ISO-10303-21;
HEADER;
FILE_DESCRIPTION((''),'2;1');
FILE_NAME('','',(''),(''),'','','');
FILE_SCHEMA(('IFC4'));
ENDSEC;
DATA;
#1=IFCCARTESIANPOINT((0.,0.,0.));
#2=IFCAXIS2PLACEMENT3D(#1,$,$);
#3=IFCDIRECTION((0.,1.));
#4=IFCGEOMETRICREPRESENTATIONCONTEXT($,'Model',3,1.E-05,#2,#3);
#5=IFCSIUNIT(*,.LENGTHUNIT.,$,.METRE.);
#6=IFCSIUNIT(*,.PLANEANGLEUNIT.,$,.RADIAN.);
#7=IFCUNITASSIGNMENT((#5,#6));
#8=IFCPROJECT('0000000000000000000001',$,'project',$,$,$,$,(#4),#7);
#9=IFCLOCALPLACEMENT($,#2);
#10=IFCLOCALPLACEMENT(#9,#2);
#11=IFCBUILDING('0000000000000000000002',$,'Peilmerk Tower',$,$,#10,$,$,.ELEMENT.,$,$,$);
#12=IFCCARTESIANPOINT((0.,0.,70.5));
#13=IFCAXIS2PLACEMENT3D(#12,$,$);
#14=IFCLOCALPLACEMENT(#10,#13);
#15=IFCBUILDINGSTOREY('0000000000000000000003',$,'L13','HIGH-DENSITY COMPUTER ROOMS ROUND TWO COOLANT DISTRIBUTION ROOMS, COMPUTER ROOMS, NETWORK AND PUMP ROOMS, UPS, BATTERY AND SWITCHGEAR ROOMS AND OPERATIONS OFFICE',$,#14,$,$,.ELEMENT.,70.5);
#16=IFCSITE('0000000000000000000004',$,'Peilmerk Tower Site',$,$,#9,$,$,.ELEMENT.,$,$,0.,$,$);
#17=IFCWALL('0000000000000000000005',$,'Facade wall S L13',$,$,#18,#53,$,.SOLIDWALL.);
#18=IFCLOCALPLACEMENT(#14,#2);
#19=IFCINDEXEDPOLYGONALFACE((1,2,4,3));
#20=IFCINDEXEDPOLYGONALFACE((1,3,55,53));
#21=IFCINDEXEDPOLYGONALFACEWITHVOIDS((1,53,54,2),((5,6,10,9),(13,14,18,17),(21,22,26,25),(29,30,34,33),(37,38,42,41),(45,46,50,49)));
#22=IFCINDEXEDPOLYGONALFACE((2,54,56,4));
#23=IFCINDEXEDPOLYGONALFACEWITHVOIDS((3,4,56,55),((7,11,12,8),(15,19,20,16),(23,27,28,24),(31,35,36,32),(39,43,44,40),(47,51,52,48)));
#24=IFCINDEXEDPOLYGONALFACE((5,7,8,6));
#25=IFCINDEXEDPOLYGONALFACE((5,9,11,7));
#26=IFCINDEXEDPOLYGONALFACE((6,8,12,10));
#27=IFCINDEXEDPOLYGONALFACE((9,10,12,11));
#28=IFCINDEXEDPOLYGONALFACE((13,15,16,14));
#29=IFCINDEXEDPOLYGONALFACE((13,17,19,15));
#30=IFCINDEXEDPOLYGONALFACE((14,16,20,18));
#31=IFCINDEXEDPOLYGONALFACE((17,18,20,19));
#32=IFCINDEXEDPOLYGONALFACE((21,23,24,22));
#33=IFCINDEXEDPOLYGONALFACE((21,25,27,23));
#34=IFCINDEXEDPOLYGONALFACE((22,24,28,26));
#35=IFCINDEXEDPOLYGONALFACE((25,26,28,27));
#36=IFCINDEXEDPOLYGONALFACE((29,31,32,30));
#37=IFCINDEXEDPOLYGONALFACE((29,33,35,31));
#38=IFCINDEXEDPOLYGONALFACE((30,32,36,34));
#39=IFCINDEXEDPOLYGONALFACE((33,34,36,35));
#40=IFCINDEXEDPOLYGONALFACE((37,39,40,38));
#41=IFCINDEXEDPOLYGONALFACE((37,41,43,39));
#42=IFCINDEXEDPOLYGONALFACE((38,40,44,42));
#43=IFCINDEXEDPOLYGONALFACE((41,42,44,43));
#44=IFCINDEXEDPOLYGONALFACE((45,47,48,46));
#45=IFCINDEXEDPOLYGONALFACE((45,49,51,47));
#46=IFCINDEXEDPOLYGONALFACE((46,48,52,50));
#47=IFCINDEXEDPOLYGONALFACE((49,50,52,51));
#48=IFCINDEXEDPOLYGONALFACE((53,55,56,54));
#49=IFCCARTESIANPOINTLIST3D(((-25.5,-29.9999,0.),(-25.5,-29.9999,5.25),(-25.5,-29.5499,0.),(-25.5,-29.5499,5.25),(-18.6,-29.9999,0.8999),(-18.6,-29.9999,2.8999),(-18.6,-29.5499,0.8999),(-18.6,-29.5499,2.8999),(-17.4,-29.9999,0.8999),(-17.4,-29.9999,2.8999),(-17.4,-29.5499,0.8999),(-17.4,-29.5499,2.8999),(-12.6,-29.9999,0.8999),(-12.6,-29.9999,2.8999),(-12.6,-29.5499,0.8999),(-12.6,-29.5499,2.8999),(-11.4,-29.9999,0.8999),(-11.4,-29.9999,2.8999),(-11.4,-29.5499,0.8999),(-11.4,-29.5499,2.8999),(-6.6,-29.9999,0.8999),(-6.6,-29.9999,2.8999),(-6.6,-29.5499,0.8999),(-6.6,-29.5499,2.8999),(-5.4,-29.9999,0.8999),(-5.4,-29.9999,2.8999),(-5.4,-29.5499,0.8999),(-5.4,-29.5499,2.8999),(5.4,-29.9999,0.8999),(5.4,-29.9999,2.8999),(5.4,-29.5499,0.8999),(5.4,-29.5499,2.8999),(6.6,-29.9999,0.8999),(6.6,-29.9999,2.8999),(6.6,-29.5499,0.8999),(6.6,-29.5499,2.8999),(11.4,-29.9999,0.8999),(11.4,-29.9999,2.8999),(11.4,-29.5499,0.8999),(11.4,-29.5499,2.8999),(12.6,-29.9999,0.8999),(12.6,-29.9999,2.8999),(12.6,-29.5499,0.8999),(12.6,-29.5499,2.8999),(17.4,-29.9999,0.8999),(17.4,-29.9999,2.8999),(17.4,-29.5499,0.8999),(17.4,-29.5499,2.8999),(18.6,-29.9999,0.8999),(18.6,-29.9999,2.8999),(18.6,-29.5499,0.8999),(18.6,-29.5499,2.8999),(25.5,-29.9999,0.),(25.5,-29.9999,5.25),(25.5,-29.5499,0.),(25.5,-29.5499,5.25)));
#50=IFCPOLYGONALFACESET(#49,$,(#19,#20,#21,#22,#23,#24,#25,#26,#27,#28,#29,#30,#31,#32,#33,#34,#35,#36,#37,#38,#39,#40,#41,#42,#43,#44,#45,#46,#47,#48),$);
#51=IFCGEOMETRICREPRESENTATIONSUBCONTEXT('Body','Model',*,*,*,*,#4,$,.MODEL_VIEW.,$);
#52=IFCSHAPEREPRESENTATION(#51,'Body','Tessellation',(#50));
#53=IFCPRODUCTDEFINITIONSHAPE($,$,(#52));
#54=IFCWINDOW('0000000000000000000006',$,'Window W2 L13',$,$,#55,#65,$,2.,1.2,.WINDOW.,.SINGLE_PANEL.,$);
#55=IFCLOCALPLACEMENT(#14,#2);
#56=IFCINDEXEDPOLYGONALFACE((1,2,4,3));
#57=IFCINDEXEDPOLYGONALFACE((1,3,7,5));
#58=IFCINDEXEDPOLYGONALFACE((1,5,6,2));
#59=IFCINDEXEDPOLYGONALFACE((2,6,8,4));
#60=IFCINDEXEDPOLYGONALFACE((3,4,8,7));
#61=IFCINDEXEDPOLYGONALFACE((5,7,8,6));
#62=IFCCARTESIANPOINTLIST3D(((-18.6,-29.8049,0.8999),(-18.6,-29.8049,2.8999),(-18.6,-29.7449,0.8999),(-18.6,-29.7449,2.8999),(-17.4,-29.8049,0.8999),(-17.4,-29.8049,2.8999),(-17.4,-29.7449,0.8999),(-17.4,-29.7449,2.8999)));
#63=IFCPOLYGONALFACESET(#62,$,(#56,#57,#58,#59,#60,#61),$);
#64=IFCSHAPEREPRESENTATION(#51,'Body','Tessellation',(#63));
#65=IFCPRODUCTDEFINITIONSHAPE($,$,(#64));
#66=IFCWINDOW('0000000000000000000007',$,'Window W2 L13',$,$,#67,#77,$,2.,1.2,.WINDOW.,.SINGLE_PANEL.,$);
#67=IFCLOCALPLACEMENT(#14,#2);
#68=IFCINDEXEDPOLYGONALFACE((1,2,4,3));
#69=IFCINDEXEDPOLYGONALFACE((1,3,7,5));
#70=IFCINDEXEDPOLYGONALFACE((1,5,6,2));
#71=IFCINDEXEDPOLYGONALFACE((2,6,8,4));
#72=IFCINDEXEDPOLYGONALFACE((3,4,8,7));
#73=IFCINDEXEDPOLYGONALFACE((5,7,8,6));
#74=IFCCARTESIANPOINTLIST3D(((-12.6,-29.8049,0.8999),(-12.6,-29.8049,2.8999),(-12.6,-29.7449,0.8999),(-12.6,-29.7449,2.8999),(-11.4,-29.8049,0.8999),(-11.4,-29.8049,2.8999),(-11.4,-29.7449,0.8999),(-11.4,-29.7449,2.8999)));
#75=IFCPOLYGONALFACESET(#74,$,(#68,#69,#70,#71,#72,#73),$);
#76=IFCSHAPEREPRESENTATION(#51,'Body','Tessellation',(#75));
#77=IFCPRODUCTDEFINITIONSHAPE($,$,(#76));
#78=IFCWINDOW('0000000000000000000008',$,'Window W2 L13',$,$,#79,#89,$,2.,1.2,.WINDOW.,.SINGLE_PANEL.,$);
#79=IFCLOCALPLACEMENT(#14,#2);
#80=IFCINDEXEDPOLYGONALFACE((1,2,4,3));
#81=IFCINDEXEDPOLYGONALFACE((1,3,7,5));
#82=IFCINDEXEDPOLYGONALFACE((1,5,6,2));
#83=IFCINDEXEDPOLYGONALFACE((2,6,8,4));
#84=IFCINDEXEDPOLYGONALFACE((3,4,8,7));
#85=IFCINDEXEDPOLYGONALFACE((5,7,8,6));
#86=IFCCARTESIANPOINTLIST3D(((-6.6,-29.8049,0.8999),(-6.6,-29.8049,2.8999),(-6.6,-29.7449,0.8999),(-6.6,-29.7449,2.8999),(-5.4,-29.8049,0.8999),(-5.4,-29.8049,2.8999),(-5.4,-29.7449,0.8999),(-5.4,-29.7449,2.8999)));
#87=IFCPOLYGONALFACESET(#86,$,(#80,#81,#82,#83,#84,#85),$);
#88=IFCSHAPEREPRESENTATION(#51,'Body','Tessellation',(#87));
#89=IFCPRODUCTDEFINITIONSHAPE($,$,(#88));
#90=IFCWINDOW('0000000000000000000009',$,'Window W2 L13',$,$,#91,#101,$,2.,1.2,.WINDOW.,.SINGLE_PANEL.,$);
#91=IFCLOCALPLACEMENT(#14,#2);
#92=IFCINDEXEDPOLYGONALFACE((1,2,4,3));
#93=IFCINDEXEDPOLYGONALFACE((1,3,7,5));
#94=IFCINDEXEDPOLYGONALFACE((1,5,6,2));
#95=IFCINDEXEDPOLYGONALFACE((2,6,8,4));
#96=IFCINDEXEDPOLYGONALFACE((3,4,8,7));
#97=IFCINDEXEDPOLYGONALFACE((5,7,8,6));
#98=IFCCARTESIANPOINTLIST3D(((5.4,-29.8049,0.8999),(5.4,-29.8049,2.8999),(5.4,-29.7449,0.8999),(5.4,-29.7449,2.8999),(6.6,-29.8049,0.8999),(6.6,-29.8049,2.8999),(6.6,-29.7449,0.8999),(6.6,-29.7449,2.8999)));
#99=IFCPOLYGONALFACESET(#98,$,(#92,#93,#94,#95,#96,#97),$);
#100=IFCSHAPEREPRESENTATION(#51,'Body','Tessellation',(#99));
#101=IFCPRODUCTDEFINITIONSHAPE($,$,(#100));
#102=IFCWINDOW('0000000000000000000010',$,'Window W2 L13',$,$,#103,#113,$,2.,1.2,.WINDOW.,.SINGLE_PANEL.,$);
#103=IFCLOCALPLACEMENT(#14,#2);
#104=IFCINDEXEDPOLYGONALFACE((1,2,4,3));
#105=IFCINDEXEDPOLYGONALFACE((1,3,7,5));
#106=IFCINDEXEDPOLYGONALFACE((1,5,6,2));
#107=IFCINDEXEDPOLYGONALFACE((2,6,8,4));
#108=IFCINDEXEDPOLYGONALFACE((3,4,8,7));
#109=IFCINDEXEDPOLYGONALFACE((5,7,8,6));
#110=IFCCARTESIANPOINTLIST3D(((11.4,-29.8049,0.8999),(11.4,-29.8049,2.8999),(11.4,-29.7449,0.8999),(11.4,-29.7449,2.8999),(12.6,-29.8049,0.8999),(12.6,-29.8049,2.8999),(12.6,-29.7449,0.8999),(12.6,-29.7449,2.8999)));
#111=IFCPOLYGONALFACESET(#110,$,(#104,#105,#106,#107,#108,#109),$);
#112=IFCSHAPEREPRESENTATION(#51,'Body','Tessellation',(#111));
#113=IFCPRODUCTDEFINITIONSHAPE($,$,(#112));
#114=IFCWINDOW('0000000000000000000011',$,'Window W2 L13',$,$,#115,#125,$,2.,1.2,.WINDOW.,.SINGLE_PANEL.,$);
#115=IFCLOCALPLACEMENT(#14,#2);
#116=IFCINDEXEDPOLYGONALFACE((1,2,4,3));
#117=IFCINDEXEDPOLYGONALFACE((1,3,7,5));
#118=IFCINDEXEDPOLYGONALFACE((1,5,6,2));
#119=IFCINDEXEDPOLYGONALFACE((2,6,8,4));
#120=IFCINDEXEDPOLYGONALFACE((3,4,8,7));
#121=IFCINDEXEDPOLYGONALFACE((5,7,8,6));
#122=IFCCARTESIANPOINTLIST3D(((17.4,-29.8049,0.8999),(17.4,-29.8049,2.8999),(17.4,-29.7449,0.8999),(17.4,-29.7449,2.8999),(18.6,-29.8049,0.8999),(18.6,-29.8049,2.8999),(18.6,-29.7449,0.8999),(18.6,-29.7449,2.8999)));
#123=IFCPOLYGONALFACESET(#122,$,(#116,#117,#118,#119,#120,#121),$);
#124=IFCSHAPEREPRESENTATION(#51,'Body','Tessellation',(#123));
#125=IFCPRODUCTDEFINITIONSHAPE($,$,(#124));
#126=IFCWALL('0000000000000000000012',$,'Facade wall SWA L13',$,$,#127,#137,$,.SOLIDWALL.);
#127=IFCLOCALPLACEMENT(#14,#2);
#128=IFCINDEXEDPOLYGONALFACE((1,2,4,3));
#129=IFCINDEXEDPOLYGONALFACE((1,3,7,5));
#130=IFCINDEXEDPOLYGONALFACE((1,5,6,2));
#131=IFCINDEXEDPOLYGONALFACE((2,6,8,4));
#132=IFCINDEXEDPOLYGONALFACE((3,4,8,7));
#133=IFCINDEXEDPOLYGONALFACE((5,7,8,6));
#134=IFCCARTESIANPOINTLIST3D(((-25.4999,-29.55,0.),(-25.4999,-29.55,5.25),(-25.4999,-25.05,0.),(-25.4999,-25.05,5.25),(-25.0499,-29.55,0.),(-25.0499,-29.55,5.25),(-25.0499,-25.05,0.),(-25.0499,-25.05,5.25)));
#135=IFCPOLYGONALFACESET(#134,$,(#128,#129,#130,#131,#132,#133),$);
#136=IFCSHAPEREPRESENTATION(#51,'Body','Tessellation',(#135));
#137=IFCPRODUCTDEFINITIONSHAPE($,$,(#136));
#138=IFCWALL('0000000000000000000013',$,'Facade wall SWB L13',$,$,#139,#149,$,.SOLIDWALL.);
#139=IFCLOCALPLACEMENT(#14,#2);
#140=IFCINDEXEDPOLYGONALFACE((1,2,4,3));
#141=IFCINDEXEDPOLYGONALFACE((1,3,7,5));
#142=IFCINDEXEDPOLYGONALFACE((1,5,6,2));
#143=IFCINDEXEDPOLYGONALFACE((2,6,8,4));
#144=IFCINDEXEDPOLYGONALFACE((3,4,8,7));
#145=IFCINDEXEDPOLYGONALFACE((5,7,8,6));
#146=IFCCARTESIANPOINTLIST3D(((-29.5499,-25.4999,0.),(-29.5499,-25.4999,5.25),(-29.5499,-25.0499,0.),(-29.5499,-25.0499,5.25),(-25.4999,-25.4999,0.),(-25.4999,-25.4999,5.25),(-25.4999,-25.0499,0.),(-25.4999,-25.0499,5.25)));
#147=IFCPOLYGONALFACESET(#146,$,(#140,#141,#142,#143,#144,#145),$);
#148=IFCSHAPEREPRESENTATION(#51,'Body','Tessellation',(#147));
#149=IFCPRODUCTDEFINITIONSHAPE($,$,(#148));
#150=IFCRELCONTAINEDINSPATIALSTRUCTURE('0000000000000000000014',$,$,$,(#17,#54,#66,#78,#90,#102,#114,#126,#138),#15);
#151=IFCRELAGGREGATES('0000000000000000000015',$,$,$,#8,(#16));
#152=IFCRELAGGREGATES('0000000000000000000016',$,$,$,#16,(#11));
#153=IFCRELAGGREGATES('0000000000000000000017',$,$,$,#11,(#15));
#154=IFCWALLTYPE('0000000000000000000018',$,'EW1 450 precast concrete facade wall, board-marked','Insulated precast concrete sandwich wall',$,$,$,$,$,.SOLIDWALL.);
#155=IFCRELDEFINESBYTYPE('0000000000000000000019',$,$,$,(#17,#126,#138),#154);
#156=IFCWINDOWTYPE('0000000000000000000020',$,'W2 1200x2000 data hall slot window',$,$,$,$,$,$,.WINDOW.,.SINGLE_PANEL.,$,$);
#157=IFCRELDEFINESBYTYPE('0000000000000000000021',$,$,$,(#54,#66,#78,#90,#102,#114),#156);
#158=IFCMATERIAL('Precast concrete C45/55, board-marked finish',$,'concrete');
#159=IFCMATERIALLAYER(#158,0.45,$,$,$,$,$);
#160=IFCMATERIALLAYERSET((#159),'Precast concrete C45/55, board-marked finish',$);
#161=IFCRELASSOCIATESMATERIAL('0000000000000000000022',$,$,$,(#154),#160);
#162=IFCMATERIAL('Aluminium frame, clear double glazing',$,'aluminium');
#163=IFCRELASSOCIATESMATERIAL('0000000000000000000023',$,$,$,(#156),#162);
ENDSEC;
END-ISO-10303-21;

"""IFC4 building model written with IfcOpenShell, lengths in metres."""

from ifc_helpers import new_model, si_unit, direction, frame, frame_2d, origin, place, context, subcontext, project, spatial, rectangle, extrude, material, layer, layer_set, type_object, element, fill, save


model = new_model("IFC4")

# Units and contexts
model_context = context("Model", 3, precision=1e-05, world=origin(), true_north=direction((0.0, 1.0)))
body_context = subcontext(model_context, "Body", "Model", "MODEL_VIEW")
ifc_project = project(units=[si_unit("LENGTHUNIT", "METRE"), si_unit("PLANEANGLEUNIT", "RADIAN")], contexts=[model_context])

# Site, building, storey
site_placement = place(None, origin())
site = spatial("IfcSite", under=ifc_project, at=site_placement, Name="Peilmerk Tower Site", CompositionType="ELEMENT", RefElevation=0.0)
building_placement = place(site_placement, origin())
building = spatial("IfcBuilding", under=site, at=building_placement, Name="Peilmerk Tower", CompositionType="ELEMENT")
storey_placement = place(building_placement, frame((0.0, 0.0, 70.5)))
storey = spatial("IfcBuildingStorey", under=building, at=storey_placement, Name="L13", Description="HIGH-DENSITY COMPUTER ROOMS ROUND TWO COOLANT DISTRIBUTION ROOMS, COMPUTER ROOMS, NETWORK AND PUMP ROOMS, UPS, BATTERY AND SWITCHGEAR ROOMS AND OPERATIONS OFFICE", CompositionType="ELEMENT", Elevation=70.5)

# Wall, openings, windows
ifc_material_1 = material(Name="Precast concrete C45/55, board-marked finish", Category="concrete")
ifc_layer = layer(ifc_material_1, 0.45)
ifc_layer_set = layer_set([ifc_layer], Name="Precast concrete C45/55, board-marked finish")
wall_type = type_object("IfcWallType", Name="EW1 450 precast concrete facade wall, board-marked", Description="Insulated precast concrete sandwich wall", PredefinedType="SOLIDWALL", material=ifc_layer_set)
wall_1_placement = place(storey_placement, frame((-25.5, -29.7749, 0.0), z_axis=(0.0, 0.0, 1.0), x_axis=(1.0, 0.0, 0.0)))
wall_1 = element("IfcWall", 1, at=wall_1_placement, inside=storey, type_object=wall_type, Name="Facade wall S L13", PredefinedType="SOLIDWALL", context=body_context, shape_type="SweptSolid", body=[
    extrude(rectangle(XDim=51.0, YDim=0.45, at=frame_2d((25.5, 0.0))), origin(), (0.0, 0.0, 1.0), 5.25),
])
opening_1_placement = place(wall_1_placement, frame((6.8999, 0.0, 0.8999)))
opening_1 = element("IfcOpeningElement", 2, at=opening_1_placement, cuts=wall_1, PredefinedType="OPENING", context=body_context, shape_type="SweptSolid", body=[
    extrude(rectangle(XDim=1.2, YDim=2.0, at=frame_2d((0.6001, 1.0))), frame((0.0, 0.2349, 0.0), z_axis=(0.0, -1.0, 0.0), x_axis=(1.0, 0.0, 0.0)), (0.0, 0.0, 1.0), 0.47),
])
opening_2_placement = place(wall_1_placement, frame((12.8999, 0.0, 0.8999)))
opening_2 = element("IfcOpeningElement", 3, at=opening_2_placement, cuts=wall_1, PredefinedType="OPENING", context=body_context, shape_type="SweptSolid", body=[
    extrude(rectangle(XDim=1.2, YDim=2.0, at=frame_2d((0.6001, 1.0))), frame((0.0, 0.2349, 0.0), z_axis=(0.0, -1.0, 0.0), x_axis=(1.0, 0.0, 0.0)), (0.0, 0.0, 1.0), 0.47),
])
opening_3_placement = place(wall_1_placement, frame((18.8999, 0.0, 0.8999)))
opening_3 = element("IfcOpeningElement", 4, at=opening_3_placement, cuts=wall_1, PredefinedType="OPENING", context=body_context, shape_type="SweptSolid", body=[
    extrude(rectangle(XDim=1.2, YDim=2.0, at=frame_2d((0.6001, 1.0))), frame((0.0, 0.2349, 0.0), z_axis=(0.0, -1.0, 0.0), x_axis=(1.0, 0.0, 0.0)), (0.0, 0.0, 1.0), 0.47),
])
opening_4_placement = place(wall_1_placement, frame((30.8999, 0.0, 0.8999)))
opening_4 = element("IfcOpeningElement", 5, at=opening_4_placement, cuts=wall_1, PredefinedType="OPENING", context=body_context, shape_type="SweptSolid", body=[
    extrude(rectangle(XDim=1.2, YDim=2.0, at=frame_2d((0.6001, 1.0))), frame((0.0, 0.2349, 0.0), z_axis=(0.0, -1.0, 0.0), x_axis=(1.0, 0.0, 0.0)), (0.0, 0.0, 1.0), 0.47),
])
opening_5_placement = place(wall_1_placement, frame((36.8999, 0.0, 0.8999)))
opening_5 = element("IfcOpeningElement", 6, at=opening_5_placement, cuts=wall_1, PredefinedType="OPENING", context=body_context, shape_type="SweptSolid", body=[
    extrude(rectangle(XDim=1.2, YDim=2.0, at=frame_2d((0.6001, 1.0))), frame((0.0, 0.2349, 0.0), z_axis=(0.0, -1.0, 0.0), x_axis=(1.0, 0.0, 0.0)), (0.0, 0.0, 1.0), 0.47),
])
opening_6_placement = place(wall_1_placement, frame((42.8999, 0.0, 0.8999)))
opening_6 = element("IfcOpeningElement", 7, at=opening_6_placement, cuts=wall_1, PredefinedType="OPENING", context=body_context, shape_type="SweptSolid", body=[
    extrude(rectangle(XDim=1.2, YDim=2.0, at=frame_2d((0.6001, 1.0))), frame((0.0, 0.2349, 0.0), z_axis=(0.0, -1.0, 0.0), x_axis=(1.0, 0.0, 0.0)), (0.0, 0.0, 1.0), 0.47),
])
ifc_material_2 = material(Name="Aluminium frame, clear double glazing", Category="aluminium")
window_type = type_object("IfcWindowType", Name="W2 1200x2000 data hall slot window", PartitioningType="SINGLE_PANEL", PredefinedType="WINDOW", material=ifc_material_2)
window_1_placement = place(opening_1_placement, origin())
window_1 = element("IfcWindow", 8, at=window_1_placement, inside=storey, type_object=window_type, Name="Window W2 L13", OverallHeight=2.0, OverallWidth=1.2, PartitioningType="SINGLE_PANEL", PredefinedType="WINDOW", context=body_context, shape_type="SweptSolid", body=[
    extrude(rectangle(XDim=1.2, YDim=2.0, at=frame_2d((0.6001, 1.0))), frame((0.0, 0.03, 0.0), z_axis=(0.0, -1.0, 0.0), x_axis=(1.0, 0.0, 0.0)), (0.0, 0.0, 1.0), 0.0601),
])
fill(opening_1, window_1)
window_2_placement = place(opening_2_placement, origin())
window_2 = element("IfcWindow", 9, at=window_2_placement, inside=storey, type_object=window_type, Name="Window W2 L13", OverallHeight=2.0, OverallWidth=1.2, PartitioningType="SINGLE_PANEL", PredefinedType="WINDOW", context=body_context, shape_type="SweptSolid", body=[
    extrude(rectangle(XDim=1.2, YDim=2.0, at=frame_2d((0.6001, 1.0))), frame((0.0, 0.03, 0.0), z_axis=(0.0, -1.0, 0.0), x_axis=(1.0, 0.0, 0.0)), (0.0, 0.0, 1.0), 0.0601),
])
fill(opening_2, window_2)
window_3_placement = place(opening_3_placement, origin())
window_3 = element("IfcWindow", 10, at=window_3_placement, inside=storey, type_object=window_type, Name="Window W2 L13", OverallHeight=2.0, OverallWidth=1.2, PartitioningType="SINGLE_PANEL", PredefinedType="WINDOW", context=body_context, shape_type="SweptSolid", body=[
    extrude(rectangle(XDim=1.2, YDim=2.0, at=frame_2d((0.6001, 1.0))), frame((0.0, 0.03, 0.0), z_axis=(0.0, -1.0, 0.0), x_axis=(1.0, 0.0, 0.0)), (0.0, 0.0, 1.0), 0.0601),
])
fill(opening_3, window_3)
window_4_placement = place(opening_4_placement, origin())
window_4 = element("IfcWindow", 11, at=window_4_placement, inside=storey, type_object=window_type, Name="Window W2 L13", OverallHeight=2.0, OverallWidth=1.2, PartitioningType="SINGLE_PANEL", PredefinedType="WINDOW", context=body_context, shape_type="SweptSolid", body=[
    extrude(rectangle(XDim=1.2, YDim=2.0, at=frame_2d((0.6001, 1.0))), frame((0.0, 0.03, 0.0), z_axis=(0.0, -1.0, 0.0), x_axis=(1.0, 0.0, 0.0)), (0.0, 0.0, 1.0), 0.0601),
])
fill(opening_4, window_4)
window_5_placement = place(opening_5_placement, origin())
window_5 = element("IfcWindow", 12, at=window_5_placement, inside=storey, type_object=window_type, Name="Window W2 L13", OverallHeight=2.0, OverallWidth=1.2, PartitioningType="SINGLE_PANEL", PredefinedType="WINDOW", context=body_context, shape_type="SweptSolid", body=[
    extrude(rectangle(XDim=1.2, YDim=2.0, at=frame_2d((0.6001, 1.0))), frame((0.0, 0.03, 0.0), z_axis=(0.0, -1.0, 0.0), x_axis=(1.0, 0.0, 0.0)), (0.0, 0.0, 1.0), 0.0601),
])
fill(opening_5, window_5)
window_6_placement = place(opening_6_placement, origin())
window_6 = element("IfcWindow", 13, at=window_6_placement, inside=storey, type_object=window_type, Name="Window W2 L13", OverallHeight=2.0, OverallWidth=1.2, PartitioningType="SINGLE_PANEL", PredefinedType="WINDOW", context=body_context, shape_type="SweptSolid", body=[
    extrude(rectangle(XDim=1.2, YDim=2.0, at=frame_2d((0.6001, 1.0))), frame((0.0, 0.03, 0.0), z_axis=(0.0, -1.0, 0.0), x_axis=(1.0, 0.0, 0.0)), (0.0, 0.0, 1.0), 0.0601),
])
fill(opening_6, window_6)

# Walls
wall_2_placement = place(storey_placement, frame((-25.2749, -25.05, 0.0), z_axis=(0.0, 0.0, 1.0), x_axis=(0.0, -1.0, 0.0)))
element("IfcWall", 14, at=wall_2_placement, inside=storey, type_object=wall_type, Name="Facade wall SWA L13", PredefinedType="SOLIDWALL", context=body_context, shape_type="SweptSolid", body=[
    extrude(rectangle(XDim=4.5, YDim=0.45, at=frame_2d((2.25, 0.0))), origin(), (0.0, 0.0, 1.0), 5.25),
])
wall_3_placement = place(storey_placement, frame((-25.5, -25.2749, 0.0), z_axis=(0.0, 0.0, 1.0), x_axis=(-1.0, 0.0, 0.0)))
element("IfcWall", 15, at=wall_3_placement, inside=storey, type_object=wall_type, Name="Facade wall SWB L13", PredefinedType="SOLIDWALL", context=body_context, shape_type="SweptSolid", body=[
    extrude(rectangle(XDim=4.05, YDim=0.45, at=frame_2d((2.0249, 0.0))), origin(), (0.0, 0.0, 1.0), 5.25),
])

save(model, "model.ifc")
